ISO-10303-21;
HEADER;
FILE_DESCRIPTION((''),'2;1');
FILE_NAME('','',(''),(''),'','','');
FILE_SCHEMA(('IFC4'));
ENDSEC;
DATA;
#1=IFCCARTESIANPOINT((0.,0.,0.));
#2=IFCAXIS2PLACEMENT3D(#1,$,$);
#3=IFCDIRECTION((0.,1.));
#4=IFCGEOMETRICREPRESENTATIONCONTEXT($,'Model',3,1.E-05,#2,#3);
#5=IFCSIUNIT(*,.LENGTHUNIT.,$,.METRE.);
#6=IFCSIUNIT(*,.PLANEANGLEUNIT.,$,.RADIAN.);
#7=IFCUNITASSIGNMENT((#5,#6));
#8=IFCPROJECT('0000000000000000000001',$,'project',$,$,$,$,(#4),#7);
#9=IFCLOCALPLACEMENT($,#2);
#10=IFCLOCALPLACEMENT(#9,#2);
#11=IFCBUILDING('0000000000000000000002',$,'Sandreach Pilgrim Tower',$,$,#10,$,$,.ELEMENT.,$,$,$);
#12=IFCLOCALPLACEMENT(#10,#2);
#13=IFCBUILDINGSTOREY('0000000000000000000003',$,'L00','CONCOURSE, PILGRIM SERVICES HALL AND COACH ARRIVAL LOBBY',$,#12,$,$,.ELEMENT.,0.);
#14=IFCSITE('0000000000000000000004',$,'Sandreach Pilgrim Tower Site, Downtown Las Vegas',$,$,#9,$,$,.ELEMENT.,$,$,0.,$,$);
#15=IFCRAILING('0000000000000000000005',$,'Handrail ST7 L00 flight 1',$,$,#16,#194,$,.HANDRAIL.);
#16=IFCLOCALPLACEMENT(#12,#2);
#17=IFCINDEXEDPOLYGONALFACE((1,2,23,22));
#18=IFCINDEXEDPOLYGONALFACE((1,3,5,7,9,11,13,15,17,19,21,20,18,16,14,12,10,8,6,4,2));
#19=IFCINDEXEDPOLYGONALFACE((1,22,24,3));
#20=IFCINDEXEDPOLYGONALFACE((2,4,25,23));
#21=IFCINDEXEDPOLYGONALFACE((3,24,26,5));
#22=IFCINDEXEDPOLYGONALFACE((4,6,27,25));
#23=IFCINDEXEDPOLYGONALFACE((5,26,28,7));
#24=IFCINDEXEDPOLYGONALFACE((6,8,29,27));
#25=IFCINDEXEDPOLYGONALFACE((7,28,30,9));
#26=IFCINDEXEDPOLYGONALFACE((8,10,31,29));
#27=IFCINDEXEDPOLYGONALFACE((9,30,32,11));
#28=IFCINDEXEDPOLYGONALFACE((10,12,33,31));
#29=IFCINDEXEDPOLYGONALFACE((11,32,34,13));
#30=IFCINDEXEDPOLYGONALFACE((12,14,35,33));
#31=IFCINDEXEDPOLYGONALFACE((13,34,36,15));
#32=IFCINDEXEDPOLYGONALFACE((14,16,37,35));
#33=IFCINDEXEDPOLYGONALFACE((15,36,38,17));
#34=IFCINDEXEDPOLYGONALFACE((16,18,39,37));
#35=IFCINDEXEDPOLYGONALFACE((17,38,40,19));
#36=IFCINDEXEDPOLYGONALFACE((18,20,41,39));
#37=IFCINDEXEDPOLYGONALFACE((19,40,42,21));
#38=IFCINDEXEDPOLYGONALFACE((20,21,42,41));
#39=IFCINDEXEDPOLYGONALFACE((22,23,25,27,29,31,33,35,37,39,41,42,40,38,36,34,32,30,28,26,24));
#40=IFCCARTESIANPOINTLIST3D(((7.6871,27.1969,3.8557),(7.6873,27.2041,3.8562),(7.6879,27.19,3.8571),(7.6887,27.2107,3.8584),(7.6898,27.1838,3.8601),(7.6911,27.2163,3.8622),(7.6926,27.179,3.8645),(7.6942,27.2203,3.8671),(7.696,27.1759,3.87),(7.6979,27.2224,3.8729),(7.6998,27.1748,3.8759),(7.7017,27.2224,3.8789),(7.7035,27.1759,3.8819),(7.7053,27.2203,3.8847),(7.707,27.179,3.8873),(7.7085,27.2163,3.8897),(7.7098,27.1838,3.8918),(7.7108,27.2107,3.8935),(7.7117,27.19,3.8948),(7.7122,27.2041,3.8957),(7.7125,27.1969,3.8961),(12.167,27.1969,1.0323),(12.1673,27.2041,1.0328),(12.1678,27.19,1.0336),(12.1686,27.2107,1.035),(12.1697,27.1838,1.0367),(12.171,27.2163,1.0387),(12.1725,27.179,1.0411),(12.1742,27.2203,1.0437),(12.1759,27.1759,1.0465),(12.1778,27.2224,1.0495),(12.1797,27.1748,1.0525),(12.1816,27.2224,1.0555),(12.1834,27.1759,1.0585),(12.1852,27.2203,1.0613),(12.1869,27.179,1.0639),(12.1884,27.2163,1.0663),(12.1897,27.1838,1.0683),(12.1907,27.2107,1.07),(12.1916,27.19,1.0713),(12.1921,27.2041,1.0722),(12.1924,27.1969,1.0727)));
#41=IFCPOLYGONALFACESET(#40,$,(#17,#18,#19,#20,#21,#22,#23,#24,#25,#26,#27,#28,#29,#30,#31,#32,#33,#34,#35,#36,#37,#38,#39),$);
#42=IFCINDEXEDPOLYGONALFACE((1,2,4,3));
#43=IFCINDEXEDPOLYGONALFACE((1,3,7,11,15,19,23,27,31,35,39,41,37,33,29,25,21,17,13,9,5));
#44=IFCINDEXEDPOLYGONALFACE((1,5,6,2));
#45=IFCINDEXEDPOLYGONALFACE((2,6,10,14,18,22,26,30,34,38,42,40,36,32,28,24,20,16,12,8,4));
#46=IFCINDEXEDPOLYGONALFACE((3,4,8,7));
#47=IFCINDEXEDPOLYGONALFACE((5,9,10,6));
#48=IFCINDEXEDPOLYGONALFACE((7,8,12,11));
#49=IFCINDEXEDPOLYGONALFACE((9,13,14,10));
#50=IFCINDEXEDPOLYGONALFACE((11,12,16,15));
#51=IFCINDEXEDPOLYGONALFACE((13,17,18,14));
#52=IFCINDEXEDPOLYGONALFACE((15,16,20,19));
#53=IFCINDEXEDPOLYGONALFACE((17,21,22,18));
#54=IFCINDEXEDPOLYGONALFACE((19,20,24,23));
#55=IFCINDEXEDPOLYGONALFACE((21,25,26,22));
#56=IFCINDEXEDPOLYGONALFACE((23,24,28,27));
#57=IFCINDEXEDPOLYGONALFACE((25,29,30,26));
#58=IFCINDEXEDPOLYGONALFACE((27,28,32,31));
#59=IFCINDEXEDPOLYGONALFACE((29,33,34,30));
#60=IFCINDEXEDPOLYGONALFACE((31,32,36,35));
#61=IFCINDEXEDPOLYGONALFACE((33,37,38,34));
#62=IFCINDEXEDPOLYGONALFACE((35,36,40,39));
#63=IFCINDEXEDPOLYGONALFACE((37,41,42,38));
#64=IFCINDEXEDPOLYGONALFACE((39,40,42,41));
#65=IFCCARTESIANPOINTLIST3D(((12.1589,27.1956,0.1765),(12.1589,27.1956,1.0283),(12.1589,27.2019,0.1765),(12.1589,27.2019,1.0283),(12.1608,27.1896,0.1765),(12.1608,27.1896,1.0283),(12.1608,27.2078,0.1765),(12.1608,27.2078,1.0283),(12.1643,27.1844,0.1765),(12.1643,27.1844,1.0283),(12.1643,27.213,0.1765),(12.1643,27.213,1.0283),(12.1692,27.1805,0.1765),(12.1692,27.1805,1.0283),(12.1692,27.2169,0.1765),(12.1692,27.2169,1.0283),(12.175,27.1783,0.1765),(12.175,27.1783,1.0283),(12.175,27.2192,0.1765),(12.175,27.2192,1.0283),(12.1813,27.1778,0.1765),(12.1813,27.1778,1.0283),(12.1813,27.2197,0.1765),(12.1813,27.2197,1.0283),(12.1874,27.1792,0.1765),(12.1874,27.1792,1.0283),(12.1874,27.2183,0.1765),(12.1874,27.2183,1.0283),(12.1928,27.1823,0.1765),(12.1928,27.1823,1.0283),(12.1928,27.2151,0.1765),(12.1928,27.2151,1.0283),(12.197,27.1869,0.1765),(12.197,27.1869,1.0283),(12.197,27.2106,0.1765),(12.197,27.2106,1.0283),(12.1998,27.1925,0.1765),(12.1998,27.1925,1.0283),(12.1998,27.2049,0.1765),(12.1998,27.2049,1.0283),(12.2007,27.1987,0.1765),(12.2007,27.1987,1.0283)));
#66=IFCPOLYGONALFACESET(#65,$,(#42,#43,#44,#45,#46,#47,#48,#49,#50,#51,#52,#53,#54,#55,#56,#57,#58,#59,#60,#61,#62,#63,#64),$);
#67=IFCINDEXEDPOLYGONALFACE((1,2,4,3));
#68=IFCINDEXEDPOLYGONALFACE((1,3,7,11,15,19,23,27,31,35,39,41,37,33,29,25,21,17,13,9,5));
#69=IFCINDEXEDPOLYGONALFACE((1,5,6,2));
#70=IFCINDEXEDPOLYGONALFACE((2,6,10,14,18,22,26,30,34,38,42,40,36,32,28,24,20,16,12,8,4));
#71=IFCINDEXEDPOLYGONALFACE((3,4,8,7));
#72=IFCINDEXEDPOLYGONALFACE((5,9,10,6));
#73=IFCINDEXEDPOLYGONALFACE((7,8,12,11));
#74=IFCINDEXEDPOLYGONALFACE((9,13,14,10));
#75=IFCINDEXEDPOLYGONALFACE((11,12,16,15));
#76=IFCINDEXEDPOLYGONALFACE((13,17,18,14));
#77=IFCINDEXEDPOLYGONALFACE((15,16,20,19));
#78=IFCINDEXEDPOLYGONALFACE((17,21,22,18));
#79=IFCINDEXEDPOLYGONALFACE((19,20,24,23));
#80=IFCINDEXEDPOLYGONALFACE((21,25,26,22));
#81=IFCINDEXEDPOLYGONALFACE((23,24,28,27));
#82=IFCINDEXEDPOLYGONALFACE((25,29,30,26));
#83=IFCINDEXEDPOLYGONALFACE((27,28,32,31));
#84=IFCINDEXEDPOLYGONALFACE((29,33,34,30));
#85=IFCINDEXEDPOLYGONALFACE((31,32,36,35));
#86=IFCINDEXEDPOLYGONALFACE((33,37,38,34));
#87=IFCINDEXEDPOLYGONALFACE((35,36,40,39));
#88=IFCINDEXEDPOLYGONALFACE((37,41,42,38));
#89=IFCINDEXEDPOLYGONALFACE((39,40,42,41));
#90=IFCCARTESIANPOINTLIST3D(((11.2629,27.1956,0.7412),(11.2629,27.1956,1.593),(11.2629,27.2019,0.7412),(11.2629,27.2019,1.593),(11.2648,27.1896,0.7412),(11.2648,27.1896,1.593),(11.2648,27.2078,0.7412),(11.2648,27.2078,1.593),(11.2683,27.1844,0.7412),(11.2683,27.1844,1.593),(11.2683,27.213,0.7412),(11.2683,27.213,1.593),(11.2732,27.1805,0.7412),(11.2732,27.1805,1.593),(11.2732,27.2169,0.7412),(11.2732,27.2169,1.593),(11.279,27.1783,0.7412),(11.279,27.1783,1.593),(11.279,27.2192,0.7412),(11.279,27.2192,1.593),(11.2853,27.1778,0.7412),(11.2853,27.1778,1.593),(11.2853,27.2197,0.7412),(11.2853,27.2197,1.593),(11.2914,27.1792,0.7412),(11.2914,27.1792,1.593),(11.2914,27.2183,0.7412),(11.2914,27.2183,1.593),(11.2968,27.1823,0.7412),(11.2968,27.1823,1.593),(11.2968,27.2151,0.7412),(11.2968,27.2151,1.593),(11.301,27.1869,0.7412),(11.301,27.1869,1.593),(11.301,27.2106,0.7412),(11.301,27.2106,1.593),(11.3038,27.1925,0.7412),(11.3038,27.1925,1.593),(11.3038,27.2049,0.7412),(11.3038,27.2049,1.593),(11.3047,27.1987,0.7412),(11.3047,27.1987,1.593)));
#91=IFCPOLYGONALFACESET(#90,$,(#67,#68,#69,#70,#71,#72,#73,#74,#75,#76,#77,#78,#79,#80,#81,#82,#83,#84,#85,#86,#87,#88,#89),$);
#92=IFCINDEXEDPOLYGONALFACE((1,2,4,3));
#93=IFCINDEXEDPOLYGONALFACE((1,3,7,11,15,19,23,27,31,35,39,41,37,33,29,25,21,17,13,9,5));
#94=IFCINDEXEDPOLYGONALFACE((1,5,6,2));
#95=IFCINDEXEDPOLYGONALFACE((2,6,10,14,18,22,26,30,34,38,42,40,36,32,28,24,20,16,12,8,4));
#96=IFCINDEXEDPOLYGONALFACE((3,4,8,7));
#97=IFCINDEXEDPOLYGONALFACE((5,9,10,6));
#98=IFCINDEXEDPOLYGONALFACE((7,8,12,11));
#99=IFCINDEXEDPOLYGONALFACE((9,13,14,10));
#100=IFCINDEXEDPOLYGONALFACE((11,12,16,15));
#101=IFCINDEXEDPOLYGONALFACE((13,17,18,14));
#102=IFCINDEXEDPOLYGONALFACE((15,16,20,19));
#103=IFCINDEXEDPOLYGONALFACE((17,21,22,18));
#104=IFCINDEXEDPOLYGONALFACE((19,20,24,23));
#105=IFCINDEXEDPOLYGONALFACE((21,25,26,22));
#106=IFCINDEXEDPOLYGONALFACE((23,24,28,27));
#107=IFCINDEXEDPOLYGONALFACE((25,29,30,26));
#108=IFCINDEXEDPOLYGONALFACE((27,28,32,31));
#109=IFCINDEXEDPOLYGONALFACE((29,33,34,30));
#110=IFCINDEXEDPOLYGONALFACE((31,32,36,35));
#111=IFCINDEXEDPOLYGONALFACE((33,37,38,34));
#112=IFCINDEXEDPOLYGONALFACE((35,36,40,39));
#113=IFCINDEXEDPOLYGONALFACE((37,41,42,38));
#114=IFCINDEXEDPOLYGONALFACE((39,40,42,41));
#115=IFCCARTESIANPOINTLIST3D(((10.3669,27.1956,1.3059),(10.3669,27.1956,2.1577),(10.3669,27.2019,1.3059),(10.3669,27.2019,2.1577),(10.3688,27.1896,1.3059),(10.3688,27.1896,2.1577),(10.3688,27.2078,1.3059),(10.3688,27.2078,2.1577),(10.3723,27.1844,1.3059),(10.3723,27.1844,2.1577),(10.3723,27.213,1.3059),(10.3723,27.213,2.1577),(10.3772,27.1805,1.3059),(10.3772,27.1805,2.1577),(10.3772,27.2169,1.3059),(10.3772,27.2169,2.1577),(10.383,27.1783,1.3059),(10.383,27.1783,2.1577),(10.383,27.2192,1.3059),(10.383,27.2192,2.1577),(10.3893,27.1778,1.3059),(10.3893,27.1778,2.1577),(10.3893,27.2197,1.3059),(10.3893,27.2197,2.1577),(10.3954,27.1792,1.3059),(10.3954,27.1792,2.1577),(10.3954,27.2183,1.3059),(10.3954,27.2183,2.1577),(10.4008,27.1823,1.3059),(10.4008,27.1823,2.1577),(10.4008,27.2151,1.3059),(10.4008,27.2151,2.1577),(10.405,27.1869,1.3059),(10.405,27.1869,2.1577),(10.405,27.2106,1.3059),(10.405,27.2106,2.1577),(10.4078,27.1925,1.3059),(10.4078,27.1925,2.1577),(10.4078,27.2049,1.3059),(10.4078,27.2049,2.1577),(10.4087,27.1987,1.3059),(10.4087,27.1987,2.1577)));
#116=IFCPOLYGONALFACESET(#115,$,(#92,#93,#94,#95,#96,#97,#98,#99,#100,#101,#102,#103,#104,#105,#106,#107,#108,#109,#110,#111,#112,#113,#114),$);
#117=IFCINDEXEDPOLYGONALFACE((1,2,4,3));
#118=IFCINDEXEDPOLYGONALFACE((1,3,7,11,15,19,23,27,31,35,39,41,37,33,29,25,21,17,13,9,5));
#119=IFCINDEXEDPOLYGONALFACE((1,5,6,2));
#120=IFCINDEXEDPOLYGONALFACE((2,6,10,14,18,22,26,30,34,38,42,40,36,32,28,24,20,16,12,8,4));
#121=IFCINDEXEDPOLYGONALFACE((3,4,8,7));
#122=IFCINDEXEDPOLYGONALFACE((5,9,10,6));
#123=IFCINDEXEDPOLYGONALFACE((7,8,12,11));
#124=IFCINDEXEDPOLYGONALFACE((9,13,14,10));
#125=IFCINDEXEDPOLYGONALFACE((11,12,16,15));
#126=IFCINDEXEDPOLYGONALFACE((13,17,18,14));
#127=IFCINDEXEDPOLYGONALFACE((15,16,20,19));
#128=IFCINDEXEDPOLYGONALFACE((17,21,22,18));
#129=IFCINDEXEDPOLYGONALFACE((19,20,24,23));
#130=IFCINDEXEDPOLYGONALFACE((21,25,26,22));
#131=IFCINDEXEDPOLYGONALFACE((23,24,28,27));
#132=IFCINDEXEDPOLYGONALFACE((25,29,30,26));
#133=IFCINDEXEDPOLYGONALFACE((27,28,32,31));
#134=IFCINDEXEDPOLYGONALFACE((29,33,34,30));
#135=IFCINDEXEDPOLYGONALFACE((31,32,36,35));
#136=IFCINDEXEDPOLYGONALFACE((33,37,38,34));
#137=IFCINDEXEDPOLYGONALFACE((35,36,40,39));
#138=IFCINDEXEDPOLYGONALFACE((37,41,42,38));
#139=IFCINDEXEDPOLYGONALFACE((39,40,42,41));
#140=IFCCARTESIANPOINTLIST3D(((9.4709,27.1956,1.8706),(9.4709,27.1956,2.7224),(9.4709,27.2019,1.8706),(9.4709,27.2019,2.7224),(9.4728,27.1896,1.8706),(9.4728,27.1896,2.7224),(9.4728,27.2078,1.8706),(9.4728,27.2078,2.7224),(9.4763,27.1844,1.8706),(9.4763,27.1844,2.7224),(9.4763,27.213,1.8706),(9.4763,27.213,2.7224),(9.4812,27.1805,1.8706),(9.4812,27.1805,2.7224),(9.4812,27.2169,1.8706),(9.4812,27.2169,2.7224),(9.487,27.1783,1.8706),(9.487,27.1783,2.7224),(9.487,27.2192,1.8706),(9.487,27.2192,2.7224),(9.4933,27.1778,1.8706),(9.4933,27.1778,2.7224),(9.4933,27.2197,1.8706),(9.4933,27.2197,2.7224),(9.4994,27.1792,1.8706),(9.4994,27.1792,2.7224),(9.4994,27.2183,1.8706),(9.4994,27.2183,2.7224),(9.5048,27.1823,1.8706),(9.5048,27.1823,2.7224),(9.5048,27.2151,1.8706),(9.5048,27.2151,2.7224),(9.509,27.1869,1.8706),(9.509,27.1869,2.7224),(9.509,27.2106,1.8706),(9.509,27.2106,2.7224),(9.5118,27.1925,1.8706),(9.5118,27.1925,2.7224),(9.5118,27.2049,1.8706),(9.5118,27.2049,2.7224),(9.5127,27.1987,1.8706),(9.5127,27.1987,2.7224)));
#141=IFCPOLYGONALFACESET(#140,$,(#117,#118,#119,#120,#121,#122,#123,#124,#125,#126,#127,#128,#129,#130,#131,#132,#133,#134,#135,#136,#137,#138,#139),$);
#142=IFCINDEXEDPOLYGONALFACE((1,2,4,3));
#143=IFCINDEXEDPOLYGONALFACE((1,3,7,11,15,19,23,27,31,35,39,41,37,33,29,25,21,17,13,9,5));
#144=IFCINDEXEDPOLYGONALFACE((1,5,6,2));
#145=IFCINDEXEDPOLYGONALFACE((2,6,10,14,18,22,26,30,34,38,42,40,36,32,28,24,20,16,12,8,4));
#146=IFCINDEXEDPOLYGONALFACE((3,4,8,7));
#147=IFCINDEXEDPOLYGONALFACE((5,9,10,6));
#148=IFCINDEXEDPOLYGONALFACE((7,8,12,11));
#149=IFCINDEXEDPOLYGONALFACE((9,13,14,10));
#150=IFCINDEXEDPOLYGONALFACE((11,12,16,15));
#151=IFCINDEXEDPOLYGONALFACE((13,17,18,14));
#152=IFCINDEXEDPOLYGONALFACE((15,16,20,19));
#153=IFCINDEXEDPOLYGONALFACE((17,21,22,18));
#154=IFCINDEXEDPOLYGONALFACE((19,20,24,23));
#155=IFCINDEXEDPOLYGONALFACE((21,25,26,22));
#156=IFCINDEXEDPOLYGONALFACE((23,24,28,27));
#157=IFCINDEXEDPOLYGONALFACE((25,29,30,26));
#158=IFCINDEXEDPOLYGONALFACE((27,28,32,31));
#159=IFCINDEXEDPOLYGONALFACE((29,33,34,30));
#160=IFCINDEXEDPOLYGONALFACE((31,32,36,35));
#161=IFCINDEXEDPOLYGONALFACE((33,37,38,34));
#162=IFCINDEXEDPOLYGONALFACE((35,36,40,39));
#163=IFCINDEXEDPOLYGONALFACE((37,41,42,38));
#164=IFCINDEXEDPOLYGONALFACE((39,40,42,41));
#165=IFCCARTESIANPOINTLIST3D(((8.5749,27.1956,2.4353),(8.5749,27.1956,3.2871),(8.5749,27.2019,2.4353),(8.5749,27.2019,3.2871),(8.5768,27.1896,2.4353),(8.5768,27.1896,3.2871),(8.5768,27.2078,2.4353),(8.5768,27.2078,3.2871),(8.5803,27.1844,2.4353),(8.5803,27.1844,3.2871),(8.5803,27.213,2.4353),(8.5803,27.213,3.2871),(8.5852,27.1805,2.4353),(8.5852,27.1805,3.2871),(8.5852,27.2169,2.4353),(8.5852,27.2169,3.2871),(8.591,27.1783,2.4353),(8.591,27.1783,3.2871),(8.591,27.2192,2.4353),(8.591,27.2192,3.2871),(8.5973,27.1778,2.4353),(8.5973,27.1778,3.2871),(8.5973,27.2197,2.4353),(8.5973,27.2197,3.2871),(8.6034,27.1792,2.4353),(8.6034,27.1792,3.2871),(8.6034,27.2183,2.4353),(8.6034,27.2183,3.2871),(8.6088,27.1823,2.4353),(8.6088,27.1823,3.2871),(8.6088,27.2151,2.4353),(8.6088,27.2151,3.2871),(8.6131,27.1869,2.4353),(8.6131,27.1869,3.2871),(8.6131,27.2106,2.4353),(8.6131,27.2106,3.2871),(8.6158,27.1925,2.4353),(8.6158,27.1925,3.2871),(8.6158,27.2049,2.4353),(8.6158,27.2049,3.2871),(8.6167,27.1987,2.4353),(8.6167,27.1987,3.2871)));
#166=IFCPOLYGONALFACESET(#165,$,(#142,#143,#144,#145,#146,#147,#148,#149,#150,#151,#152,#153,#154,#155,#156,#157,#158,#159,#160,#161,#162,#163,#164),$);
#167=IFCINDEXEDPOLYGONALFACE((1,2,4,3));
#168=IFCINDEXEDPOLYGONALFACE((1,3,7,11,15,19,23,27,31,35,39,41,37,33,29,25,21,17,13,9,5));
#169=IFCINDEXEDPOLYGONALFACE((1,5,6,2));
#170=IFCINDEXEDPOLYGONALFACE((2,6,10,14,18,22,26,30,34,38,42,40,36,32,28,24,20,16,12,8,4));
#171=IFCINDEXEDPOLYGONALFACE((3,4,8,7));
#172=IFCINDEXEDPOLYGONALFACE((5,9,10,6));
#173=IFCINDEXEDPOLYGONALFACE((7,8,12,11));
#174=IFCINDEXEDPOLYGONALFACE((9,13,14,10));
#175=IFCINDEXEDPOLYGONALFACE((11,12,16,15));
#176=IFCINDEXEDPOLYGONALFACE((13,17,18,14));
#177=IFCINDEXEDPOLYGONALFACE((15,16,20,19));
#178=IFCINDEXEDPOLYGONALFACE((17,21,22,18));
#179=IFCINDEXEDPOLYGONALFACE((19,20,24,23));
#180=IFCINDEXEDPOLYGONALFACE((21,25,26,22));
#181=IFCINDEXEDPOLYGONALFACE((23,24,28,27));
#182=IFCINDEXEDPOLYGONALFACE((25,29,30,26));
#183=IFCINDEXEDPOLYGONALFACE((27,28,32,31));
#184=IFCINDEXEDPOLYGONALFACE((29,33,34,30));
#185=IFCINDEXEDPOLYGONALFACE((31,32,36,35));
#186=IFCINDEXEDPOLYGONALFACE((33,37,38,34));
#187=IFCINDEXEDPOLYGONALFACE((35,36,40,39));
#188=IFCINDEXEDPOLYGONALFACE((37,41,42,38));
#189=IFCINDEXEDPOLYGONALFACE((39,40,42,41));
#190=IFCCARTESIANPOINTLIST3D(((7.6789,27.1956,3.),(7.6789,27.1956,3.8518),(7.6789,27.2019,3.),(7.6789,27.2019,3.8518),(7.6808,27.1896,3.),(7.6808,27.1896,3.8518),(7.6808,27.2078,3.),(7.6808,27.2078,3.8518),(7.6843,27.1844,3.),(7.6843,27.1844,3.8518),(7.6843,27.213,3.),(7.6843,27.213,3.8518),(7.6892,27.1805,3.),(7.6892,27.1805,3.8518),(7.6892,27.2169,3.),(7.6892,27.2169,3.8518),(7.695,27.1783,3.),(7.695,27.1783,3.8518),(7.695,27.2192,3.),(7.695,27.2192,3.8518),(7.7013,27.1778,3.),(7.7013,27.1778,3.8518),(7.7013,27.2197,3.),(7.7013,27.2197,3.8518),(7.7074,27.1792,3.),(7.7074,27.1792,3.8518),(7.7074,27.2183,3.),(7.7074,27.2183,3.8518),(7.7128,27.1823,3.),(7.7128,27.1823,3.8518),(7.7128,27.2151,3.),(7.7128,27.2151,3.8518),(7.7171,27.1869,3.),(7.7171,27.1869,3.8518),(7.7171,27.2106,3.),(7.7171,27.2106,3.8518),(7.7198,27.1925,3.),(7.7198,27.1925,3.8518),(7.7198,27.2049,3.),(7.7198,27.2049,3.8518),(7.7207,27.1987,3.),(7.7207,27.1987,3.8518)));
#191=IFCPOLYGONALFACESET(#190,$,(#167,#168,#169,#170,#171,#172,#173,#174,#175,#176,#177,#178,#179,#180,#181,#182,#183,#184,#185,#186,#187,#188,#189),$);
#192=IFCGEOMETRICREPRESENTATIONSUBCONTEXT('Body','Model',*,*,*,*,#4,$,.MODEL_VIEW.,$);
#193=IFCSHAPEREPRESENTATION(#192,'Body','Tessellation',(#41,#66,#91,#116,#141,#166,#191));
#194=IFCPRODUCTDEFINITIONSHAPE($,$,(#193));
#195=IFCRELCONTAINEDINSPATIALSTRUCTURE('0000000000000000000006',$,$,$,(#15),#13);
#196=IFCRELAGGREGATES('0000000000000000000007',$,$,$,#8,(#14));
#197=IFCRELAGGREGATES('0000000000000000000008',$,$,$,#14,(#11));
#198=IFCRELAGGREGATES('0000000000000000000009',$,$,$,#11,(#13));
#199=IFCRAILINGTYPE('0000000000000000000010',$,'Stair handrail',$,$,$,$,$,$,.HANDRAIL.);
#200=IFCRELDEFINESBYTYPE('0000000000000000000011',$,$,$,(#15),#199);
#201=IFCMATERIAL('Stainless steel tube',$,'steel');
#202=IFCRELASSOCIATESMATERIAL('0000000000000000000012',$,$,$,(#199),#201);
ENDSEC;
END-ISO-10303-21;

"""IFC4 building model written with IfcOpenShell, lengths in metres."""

from ifc_helpers import new_model, si_unit, direction, frame, origin, origin_2d, place, context, subcontext, project, spatial, circle, extrude, material, type_object, element, save


model = new_model("IFC4")

# Units and contexts
model_context = context("Model", 3, precision=1e-05, world=origin(), true_north=direction((0.0, 1.0)))
body_context = subcontext(model_context, "Body", "Model", "MODEL_VIEW")
ifc_project = project(units=[si_unit("LENGTHUNIT", "METRE"), si_unit("PLANEANGLEUNIT", "RADIAN")], contexts=[model_context])

# Site, building, storey
site_placement = place(None, origin())
site = spatial("IfcSite", under=ifc_project, at=site_placement, Name="Sandreach Pilgrim Tower Site, Downtown Las Vegas", CompositionType="ELEMENT", RefElevation=0.0)
building_placement = place(site_placement, origin())
building = spatial("IfcBuilding", under=site, at=building_placement, Name="Sandreach Pilgrim Tower", CompositionType="ELEMENT")
storey_placement = place(building_placement, origin())
storey = spatial("IfcBuildingStorey", under=building, at=storey_placement, Name="L00", Description="CONCOURSE, PILGRIM SERVICES HALL AND COACH ARRIVAL LOBBY", CompositionType="ELEMENT", Elevation=0.0)

# Railing
ifc_material_1 = material(Name="Stainless steel tube", Category="steel")
railing_type = type_object("IfcRailingType", Name="Stair handrail", PredefinedType="HANDRAIL", material=ifc_material_1)
for number, where, name in (
    (1, (12.1797, 27.1987, 0.1765), "Handrail ST7 L00 flight 1"),
):
    element("IfcRailing", number, at=place(storey_placement, frame(where)), inside=storey, type_object=railing_type, Name=name, PredefinedType="HANDRAIL", context=body_context, shape_type="SweptSolid", body=[
        extrude(circle(Radius=0.0239, at=origin_2d()), frame((0.0, 0.0, 0.876), z_axis=(-0.845998, 0.0, 0.533186), x_axis=(0.0, -1.0, 0.0)), (0.0, 0.0, 1.0), 5.2954),
        extrude(circle(Radius=0.021, at=origin_2d()), origin(), (0.0, 0.0, 1.0), 0.8518),
        extrude(circle(Radius=0.021, at=origin_2d()), frame((-0.896, 0.0, 0.5647)), (0.0, 0.0, 1.0), 0.8518),
        extrude(circle(Radius=0.021, at=origin_2d()), frame((-1.792, 0.0, 1.1294)), (0.0, 0.0, 1.0), 0.8518),
        extrude(circle(Radius=0.021, at=origin_2d()), frame((-2.688, 0.0, 1.6941)), (0.0, 0.0, 1.0), 0.8518),
        extrude(circle(Radius=0.021, at=origin_2d()), frame((-3.584, 0.0, 2.2588)), (0.0, 0.0, 1.0), 0.8518),
        extrude(circle(Radius=0.021, at=origin_2d()), frame((-4.48, 0.0, 2.8235)), (0.0, 0.0, 1.0), 0.8518),
    ])

save(model, "model.ifc")
